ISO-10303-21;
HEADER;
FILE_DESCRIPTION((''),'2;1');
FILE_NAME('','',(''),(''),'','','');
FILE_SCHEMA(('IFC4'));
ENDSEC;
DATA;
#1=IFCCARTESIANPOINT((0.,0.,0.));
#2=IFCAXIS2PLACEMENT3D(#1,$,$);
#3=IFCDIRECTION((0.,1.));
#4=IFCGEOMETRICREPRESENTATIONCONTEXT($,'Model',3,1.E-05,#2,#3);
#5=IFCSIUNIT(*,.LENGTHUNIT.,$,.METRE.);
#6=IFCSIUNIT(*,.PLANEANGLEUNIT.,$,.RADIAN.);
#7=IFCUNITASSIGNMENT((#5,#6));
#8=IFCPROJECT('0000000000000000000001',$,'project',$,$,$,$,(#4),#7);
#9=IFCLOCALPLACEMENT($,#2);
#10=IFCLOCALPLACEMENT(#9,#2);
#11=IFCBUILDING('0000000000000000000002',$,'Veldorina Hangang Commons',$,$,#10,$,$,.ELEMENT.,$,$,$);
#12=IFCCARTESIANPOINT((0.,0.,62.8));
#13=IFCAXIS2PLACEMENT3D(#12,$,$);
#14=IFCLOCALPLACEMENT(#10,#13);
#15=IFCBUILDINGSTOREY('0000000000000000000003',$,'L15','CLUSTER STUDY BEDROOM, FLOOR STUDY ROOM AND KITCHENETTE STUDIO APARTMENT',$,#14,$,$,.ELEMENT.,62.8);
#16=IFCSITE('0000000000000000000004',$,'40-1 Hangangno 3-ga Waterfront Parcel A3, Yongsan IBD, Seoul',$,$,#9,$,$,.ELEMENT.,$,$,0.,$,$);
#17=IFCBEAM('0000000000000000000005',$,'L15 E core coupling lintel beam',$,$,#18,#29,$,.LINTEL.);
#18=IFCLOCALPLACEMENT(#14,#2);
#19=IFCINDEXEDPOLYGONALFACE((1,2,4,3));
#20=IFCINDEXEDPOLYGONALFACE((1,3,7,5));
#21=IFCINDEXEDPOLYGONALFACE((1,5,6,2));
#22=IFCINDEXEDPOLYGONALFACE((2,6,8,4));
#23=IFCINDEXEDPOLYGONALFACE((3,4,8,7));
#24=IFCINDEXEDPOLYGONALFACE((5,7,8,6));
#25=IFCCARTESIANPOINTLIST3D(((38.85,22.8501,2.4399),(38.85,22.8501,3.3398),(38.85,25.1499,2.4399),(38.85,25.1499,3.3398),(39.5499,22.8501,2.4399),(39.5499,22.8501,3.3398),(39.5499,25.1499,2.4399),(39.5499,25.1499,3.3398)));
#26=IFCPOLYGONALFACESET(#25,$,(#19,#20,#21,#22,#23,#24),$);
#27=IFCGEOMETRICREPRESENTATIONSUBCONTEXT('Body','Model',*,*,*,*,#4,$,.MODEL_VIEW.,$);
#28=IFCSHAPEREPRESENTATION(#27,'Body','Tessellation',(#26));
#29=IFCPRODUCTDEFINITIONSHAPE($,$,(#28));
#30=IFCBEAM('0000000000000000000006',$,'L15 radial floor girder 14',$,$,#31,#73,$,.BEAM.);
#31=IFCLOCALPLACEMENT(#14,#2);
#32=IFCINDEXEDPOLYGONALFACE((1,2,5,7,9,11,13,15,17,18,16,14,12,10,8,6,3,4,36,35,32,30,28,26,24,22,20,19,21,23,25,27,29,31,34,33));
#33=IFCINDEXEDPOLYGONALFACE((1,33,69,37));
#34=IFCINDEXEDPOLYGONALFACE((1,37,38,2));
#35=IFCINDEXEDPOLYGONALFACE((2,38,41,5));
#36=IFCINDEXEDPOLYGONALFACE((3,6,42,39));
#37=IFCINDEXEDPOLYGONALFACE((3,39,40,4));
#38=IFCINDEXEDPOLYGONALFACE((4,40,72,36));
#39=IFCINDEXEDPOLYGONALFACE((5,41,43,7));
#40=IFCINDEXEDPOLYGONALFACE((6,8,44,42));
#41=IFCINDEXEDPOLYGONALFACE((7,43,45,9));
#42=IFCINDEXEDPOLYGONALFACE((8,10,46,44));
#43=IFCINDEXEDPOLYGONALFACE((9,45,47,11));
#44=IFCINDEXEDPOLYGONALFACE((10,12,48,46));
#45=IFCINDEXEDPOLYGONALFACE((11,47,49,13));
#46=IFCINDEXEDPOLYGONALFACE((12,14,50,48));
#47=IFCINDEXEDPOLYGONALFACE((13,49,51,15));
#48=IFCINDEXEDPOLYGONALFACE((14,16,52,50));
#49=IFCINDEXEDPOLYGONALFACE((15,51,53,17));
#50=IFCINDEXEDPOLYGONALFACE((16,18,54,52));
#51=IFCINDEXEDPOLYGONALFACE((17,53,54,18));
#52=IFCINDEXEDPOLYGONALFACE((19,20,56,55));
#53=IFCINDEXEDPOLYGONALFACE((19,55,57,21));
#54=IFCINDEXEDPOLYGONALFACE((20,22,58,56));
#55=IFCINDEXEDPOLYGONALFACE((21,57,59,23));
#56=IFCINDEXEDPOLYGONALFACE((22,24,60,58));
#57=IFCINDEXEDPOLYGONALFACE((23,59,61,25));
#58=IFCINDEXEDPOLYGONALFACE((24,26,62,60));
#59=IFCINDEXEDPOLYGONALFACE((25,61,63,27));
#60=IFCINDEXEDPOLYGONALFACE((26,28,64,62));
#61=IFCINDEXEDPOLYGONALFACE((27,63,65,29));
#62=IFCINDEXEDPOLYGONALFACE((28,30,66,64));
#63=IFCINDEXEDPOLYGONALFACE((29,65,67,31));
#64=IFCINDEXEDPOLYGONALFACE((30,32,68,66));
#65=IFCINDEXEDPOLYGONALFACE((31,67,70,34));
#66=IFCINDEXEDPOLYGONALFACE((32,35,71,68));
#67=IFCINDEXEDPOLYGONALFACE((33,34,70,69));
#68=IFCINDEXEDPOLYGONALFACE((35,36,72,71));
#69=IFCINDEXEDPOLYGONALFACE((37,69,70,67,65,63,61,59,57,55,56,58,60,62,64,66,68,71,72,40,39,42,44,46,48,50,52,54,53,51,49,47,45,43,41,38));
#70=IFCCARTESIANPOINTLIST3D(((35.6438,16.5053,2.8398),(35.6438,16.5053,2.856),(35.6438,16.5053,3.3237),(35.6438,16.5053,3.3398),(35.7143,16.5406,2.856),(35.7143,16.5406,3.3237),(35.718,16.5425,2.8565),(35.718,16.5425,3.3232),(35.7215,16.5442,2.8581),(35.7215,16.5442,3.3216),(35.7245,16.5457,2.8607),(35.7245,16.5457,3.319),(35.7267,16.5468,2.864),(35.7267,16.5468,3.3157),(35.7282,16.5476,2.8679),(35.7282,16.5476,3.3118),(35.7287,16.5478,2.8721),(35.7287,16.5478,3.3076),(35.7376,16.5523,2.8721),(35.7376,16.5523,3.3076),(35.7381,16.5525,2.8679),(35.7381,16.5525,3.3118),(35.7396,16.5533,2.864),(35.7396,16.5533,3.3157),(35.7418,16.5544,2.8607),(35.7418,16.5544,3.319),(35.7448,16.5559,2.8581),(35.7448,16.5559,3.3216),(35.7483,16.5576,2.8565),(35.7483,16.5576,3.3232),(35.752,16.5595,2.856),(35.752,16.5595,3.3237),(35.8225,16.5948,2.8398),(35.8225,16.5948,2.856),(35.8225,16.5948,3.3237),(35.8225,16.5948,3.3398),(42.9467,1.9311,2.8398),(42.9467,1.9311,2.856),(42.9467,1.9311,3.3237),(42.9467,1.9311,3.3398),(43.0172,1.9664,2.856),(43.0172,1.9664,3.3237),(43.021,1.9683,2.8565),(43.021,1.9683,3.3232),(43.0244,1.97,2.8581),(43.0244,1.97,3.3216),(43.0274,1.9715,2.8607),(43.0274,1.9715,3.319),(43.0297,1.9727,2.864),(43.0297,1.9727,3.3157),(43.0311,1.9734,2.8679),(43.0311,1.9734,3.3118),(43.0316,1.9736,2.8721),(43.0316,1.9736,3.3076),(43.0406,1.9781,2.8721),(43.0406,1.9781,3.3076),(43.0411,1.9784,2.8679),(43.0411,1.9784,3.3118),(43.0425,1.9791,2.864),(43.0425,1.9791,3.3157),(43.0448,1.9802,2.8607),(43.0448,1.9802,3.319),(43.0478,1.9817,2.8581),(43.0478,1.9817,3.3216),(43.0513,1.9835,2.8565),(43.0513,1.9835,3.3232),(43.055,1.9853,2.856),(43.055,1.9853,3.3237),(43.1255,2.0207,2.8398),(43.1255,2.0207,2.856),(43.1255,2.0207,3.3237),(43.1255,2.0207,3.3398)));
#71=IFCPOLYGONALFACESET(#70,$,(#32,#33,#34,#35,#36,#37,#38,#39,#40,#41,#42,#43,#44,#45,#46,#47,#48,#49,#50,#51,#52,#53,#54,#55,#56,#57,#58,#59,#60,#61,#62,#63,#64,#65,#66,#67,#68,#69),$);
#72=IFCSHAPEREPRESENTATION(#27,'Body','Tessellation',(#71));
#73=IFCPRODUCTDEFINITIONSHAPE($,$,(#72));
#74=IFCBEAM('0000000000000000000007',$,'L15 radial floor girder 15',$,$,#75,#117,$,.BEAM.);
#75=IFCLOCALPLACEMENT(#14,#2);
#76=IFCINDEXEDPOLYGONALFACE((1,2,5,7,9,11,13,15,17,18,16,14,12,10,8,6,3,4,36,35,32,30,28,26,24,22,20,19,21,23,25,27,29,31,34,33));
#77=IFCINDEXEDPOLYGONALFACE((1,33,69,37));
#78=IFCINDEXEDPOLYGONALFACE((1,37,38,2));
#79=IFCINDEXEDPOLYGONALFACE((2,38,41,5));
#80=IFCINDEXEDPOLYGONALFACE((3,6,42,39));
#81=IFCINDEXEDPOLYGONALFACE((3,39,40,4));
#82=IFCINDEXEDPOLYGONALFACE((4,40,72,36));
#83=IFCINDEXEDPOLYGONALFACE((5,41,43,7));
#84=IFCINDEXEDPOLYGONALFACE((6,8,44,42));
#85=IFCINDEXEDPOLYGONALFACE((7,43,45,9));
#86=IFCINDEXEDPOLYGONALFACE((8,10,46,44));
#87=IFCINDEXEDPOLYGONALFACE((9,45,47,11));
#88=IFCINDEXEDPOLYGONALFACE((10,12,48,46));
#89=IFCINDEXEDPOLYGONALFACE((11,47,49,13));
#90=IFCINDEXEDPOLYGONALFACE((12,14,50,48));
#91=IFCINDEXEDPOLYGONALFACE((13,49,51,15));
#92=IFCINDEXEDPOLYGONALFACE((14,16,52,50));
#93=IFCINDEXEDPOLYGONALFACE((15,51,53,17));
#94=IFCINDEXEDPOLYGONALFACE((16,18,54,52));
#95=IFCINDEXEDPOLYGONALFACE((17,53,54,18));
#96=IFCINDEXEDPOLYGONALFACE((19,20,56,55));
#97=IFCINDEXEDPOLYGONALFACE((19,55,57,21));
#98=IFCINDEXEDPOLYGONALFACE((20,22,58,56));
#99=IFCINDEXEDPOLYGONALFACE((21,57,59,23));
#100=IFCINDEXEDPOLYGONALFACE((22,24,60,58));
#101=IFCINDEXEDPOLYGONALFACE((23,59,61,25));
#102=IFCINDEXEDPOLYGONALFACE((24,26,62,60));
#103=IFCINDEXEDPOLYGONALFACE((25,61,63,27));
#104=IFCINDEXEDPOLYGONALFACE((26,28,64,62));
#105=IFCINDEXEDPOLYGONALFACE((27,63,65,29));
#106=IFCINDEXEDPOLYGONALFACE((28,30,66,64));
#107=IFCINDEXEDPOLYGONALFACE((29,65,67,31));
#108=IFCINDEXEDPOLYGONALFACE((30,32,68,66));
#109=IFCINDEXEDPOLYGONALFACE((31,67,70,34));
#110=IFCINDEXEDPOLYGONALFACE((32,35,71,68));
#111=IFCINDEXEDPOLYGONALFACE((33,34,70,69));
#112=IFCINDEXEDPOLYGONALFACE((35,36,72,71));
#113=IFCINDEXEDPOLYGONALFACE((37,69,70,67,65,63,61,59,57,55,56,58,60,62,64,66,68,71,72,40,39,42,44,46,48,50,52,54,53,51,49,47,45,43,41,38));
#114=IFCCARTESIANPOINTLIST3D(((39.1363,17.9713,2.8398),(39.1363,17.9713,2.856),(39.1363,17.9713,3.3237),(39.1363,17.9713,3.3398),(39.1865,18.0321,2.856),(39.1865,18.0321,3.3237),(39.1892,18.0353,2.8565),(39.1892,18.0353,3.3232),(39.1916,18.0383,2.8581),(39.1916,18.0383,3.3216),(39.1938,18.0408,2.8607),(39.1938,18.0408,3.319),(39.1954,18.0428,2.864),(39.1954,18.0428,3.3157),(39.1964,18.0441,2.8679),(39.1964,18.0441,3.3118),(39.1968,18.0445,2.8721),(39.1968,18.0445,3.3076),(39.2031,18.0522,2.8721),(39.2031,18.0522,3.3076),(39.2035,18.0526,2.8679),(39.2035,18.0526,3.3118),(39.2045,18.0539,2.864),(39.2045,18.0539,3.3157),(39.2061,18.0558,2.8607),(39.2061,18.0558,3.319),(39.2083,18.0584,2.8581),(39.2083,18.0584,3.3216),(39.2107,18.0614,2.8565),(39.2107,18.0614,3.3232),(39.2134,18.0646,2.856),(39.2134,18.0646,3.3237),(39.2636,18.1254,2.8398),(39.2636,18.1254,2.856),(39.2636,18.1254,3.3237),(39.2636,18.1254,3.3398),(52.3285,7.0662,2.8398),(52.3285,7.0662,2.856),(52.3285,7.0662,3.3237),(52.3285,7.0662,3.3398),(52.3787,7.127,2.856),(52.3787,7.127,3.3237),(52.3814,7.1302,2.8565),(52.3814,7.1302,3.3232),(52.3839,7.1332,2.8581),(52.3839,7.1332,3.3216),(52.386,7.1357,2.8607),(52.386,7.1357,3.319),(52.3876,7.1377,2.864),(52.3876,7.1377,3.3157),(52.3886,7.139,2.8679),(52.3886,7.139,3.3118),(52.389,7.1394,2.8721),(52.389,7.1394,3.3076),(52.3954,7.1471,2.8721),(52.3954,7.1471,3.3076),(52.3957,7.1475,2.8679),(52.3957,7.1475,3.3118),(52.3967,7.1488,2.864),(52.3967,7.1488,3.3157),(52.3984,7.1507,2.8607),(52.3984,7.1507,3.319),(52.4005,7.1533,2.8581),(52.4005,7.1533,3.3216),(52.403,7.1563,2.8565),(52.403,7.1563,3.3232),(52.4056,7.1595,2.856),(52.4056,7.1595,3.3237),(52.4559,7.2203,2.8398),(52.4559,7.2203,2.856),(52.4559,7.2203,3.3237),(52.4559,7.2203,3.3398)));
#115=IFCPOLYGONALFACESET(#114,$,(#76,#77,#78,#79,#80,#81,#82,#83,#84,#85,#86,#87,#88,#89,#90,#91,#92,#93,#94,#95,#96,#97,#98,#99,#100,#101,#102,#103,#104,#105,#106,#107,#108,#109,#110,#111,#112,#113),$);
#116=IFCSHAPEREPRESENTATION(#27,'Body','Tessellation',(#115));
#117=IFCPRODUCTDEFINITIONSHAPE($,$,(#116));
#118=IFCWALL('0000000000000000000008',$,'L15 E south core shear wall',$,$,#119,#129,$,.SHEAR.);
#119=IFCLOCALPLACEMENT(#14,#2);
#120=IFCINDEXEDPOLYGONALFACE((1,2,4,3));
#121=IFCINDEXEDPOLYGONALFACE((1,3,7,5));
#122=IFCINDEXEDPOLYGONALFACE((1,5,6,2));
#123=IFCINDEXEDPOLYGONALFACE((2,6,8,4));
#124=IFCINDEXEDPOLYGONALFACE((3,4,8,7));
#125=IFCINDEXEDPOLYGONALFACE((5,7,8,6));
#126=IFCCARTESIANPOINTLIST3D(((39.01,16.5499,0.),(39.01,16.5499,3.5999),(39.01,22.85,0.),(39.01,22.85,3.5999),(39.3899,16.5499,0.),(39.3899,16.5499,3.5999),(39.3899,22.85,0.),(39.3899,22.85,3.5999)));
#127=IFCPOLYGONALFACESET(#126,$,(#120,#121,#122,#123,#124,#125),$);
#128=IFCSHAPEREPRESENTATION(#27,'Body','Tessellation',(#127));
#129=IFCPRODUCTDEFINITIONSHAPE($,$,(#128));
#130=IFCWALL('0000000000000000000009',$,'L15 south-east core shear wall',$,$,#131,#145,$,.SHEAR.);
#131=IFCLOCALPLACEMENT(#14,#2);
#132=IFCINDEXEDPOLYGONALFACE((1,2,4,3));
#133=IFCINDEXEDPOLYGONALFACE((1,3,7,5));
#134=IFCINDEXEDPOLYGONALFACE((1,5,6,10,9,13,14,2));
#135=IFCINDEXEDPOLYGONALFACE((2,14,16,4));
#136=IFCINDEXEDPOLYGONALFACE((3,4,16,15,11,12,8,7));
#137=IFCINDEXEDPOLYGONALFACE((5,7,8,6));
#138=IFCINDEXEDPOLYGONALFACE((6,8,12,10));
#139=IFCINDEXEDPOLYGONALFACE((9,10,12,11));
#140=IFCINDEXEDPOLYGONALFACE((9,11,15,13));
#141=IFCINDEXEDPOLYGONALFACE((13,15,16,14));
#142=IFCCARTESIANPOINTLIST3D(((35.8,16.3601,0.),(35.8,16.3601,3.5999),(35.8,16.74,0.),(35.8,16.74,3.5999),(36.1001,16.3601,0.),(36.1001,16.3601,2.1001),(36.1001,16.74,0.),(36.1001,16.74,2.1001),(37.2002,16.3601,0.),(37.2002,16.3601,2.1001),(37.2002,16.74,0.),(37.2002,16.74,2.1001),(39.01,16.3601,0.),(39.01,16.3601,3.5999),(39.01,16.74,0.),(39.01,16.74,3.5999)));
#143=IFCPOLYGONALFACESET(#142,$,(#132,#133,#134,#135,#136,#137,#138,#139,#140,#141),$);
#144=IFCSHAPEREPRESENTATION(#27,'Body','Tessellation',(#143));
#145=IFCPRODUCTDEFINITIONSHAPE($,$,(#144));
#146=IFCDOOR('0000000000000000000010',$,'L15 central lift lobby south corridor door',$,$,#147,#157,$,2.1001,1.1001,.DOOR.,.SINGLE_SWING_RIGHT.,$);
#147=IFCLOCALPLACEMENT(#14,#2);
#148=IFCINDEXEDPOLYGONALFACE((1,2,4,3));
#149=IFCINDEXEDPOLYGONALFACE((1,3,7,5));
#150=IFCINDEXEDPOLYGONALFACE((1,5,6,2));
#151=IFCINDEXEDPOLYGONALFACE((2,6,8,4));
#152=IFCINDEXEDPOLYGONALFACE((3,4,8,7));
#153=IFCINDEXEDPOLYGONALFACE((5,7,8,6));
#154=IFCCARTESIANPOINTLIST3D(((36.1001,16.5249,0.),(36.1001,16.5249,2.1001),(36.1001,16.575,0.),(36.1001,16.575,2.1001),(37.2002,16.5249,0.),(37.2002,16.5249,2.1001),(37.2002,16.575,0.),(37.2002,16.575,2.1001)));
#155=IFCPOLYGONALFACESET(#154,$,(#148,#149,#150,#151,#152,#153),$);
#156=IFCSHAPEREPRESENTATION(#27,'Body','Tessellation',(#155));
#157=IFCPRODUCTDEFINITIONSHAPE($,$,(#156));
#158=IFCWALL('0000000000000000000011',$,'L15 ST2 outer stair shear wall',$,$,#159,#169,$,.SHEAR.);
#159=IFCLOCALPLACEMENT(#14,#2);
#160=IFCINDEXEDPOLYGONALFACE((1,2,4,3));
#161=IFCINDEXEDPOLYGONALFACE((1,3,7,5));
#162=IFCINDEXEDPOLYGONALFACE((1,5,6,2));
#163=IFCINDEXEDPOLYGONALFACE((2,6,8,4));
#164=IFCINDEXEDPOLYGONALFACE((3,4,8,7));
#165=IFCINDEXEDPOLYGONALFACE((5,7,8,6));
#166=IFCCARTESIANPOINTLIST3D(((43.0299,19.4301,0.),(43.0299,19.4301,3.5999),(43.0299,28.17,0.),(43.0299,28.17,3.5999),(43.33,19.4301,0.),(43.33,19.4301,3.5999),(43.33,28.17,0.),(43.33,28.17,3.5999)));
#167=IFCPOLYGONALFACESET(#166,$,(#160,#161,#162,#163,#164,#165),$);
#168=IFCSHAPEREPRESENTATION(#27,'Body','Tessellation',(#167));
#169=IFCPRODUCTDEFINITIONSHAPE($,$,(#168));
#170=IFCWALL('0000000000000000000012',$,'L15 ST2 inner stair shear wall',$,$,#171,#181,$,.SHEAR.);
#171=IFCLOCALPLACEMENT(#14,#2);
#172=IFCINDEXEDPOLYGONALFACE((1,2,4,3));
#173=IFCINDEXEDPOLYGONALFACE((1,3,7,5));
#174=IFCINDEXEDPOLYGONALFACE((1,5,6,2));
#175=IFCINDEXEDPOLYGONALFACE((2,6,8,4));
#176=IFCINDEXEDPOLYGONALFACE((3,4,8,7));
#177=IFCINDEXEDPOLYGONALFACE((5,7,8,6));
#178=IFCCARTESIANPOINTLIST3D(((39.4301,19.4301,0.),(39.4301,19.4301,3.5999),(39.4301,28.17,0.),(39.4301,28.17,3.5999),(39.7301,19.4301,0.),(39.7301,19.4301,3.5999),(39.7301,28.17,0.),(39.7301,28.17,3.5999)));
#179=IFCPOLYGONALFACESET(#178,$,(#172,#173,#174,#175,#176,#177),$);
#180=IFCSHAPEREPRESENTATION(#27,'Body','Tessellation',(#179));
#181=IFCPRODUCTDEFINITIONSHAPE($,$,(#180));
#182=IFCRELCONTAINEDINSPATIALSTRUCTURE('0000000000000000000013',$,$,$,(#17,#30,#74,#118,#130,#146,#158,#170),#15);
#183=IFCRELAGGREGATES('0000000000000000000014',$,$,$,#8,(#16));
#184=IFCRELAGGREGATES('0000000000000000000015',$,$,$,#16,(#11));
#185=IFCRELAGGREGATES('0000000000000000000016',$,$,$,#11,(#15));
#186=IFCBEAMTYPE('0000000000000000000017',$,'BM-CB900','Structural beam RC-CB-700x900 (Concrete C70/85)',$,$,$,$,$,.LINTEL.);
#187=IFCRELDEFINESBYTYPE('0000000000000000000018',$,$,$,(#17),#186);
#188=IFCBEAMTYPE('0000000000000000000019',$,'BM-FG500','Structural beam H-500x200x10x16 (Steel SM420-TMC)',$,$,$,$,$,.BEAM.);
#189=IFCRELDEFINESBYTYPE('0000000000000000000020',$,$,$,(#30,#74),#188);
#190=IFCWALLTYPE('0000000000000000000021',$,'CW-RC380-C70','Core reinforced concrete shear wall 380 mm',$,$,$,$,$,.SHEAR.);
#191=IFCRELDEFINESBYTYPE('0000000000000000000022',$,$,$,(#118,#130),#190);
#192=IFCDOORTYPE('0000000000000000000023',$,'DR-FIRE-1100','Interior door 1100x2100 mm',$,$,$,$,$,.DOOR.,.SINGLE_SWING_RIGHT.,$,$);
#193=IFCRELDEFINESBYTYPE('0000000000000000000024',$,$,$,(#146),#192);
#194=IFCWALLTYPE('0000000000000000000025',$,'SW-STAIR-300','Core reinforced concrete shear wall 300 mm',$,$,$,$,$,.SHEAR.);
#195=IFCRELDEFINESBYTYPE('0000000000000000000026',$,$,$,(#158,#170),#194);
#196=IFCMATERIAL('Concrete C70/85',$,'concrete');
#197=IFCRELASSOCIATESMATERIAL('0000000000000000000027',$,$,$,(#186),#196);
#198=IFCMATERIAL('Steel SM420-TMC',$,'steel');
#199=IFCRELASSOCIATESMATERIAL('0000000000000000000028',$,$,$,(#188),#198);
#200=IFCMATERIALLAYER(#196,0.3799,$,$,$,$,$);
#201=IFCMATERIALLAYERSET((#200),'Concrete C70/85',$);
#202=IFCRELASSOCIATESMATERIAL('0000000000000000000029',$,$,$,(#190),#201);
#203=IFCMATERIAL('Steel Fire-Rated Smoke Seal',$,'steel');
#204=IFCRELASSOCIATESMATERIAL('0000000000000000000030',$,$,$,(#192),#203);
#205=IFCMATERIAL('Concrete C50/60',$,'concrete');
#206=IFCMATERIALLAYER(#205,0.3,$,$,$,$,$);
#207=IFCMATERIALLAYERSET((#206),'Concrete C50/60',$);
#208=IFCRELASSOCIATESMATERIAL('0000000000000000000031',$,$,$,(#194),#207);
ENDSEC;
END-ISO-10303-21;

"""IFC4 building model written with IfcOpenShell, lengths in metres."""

from ifc_helpers import new_model, si_unit, direction, frame, frame_2d, origin, origin_2d, place, context, subcontext, project, spatial, rectangle, i_section, extrude, material, layer, layer_set, material_profile, profile_set, type_object, element, fill, save


model = new_model("IFC4")

# Units and contexts
model_context = context("Model", 3, precision=1e-05, world=origin(), true_north=direction((0.0, 1.0)))
body_context = subcontext(model_context, "Body", "Model", "MODEL_VIEW")
ifc_project = project(units=[si_unit("LENGTHUNIT", "METRE"), si_unit("PLANEANGLEUNIT", "RADIAN")], contexts=[model_context])

# Site, building, storey
site_placement = place(None, origin())
site = spatial("IfcSite", under=ifc_project, at=site_placement, Name="40-1 Hangangno 3-ga Waterfront Parcel A3, Yongsan IBD, Seoul", CompositionType="ELEMENT", RefElevation=0.0)
building_placement = place(site_placement, origin())
building = spatial("IfcBuilding", under=site, at=building_placement, Name="Veldorina Hangang Commons", CompositionType="ELEMENT")
storey_placement = place(building_placement, frame((0.0, 0.0, 62.8)))
storey = spatial("IfcBuildingStorey", under=building, at=storey_placement, Name="L15", Description="CLUSTER STUDY BEDROOM, FLOOR STUDY ROOM AND KITCHENETTE STUDIO APARTMENT", CompositionType="ELEMENT", Elevation=62.8)

# Beams
ifc_material_1 = material(Name="Concrete C70/85", Category="concrete")
ifc_material_profile_1 = material_profile(ifc_material_1, rectangle(XDim=0.7, YDim=0.8999, at=origin_2d()), Name="RC-CB-700x900")
ifc_profile_set_1 = profile_set([ifc_material_profile_1], Name="Concrete C70/85")
beam_type_1 = type_object("IfcBeamType", Name="BM-CB900", Description="Structural beam RC-CB-700x900 (Concrete C70/85)", PredefinedType="LINTEL", material=ifc_profile_set_1)
beam_1_placement = place(storey_placement, frame((39.2, 22.8501, 2.8899), z_axis=(0.0, 1.0, 0.0), x_axis=(-1.0, 0.0, 0.0)))
element("IfcBeam", 1, at=beam_1_placement, inside=storey, type_object=beam_type_1, Name="L15 E core coupling lintel beam", PredefinedType="LINTEL", context=body_context, shape_type="SweptSolid", body=[
    extrude(rectangle(XDim=0.7, YDim=0.8999, at=origin_2d()), origin(), (0.0, 0.0, 1.0), 2.2998),
])
ifc_material_2 = material(Name="Steel SM420-TMC", Category="steel")
ifc_material_profile_2 = material_profile(ifc_material_2, i_section(OverallWidth=0.2, OverallDepth=0.5, WebThickness=0.01, FlangeThickness=0.0161, FilletRadius=0.0161, at=origin_2d()), Name="H-500x200x10x16")
ifc_profile_set_2 = profile_set([ifc_material_profile_2], Name="Steel SM420-TMC")
beam_type_2 = type_object("IfcBeamType", Name="BM-FG500", Description="Structural beam H-500x200x10x16 (Steel SM420-TMC)", PredefinedType="BEAM", material=ifc_profile_set_2)
beam_2_placement = place(storey_placement, frame((35.7332, 16.55, 3.0898), z_axis=(0.447992, -0.894037, 0.0), x_axis=(0.894037, 0.447992, 0.0)))
element("IfcBeam", 2, at=beam_2_placement, inside=storey, type_object=beam_type_2, Name="L15 radial floor girder 14", PredefinedType="BEAM", context=body_context, shape_type="SweptSolid", body=[
    extrude(i_section(OverallWidth=0.2, OverallDepth=0.5, WebThickness=0.01, FlangeThickness=0.0161, FilletRadius=0.0161, at=origin_2d()), origin(), (0.0, 0.0, 1.0), 16.3015),
])
beam_3_placement = place(storey_placement, frame((39.2, 18.0483, 3.0898), z_axis=(0.770756, -0.637131, 0.0), x_axis=(0.637131, 0.770756, 0.0)))
element("IfcBeam", 3, at=beam_3_placement, inside=storey, type_object=beam_type_2, Name="L15 radial floor girder 15", PredefinedType="BEAM", context=body_context, shape_type="SweptSolid", body=[
    extrude(i_section(OverallWidth=0.2, OverallDepth=0.5, WebThickness=0.01, FlangeThickness=0.0161, FilletRadius=0.0161, at=origin_2d()), origin(), (0.0, 0.0, 1.0), 17.116),
])

# Wall
ifc_layer_1 = layer(ifc_material_1, 0.3799)
ifc_layer_set_1 = layer_set([ifc_layer_1], Name="Concrete C70/85")
wall_type_1 = type_object("IfcWallType", Name="CW-RC380-C70", Description="Core reinforced concrete shear wall 380 mm", PredefinedType="SHEAR", material=ifc_layer_set_1)
wall_1_placement = place(storey_placement, frame((39.2, 16.55, 0.0), z_axis=(0.0, 0.0, 1.0), x_axis=(0.0, 1.0, 0.0)))
element("IfcWall", 4, at=wall_1_placement, inside=storey, type_object=wall_type_1, Name="L15 E south core shear wall", PredefinedType="SHEAR", context=body_context, shape_type="SweptSolid", body=[
    extrude(rectangle(XDim=6.3, YDim=0.3799, at=frame_2d((3.1499, 0.0))), origin(), (0.0, 0.0, 1.0), 3.5999),
])

# Wall, opening, door
wall_2_placement = place(storey_placement, frame((35.8, 16.55, 0.0), z_axis=(0.0, 0.0, 1.0), x_axis=(1.0, 0.0, 0.0)))
wall_2 = element("IfcWall", 5, at=wall_2_placement, inside=storey, type_object=wall_type_1, Name="L15 south-east core shear wall", PredefinedType="SHEAR", context=body_context, shape_type="SweptSolid", body=[
    extrude(rectangle(XDim=3.21, YDim=0.3799, at=frame_2d((1.605, 0.0))), origin(), (0.0, 0.0, 1.0), 3.5999),
])
opening_1_placement = place(wall_2_placement, frame((0.3, 0.0, 0.0)))
opening_1 = element("IfcOpeningElement", 6, at=opening_1_placement, cuts=wall_2, PredefinedType="OPENING", context=body_context, shape_type="SweptSolid", body=[
    extrude(rectangle(XDim=1.1001, YDim=2.1001, at=frame_2d((0.55, 1.05))), frame((0.0, 0.2, 0.0), z_axis=(0.0, -1.0, 0.0), x_axis=(1.0, 0.0, 0.0)), (0.0, 0.0, 1.0), 0.3999),
])
ifc_material_3 = material(Name="Steel Fire-Rated Smoke Seal", Category="steel")
door_type_1 = type_object("IfcDoorType", Name="DR-FIRE-1100", Description="Interior door 1100x2100 mm", OperationType="SINGLE_SWING_RIGHT", PredefinedType="DOOR", material=ifc_material_3)
door_1_placement = place(opening_1_placement, origin())
door_1 = element("IfcDoor", 7, at=door_1_placement, inside=storey, type_object=door_type_1, Name="L15 central lift lobby south corridor door", OperationType="SINGLE_SWING_RIGHT", OverallHeight=2.1001, OverallWidth=1.1001, PredefinedType="DOOR", context=body_context, shape_type="SweptSolid", body=[
    extrude(rectangle(XDim=1.1001, YDim=2.1001, at=frame_2d((0.55, 1.05))), frame((0.0, 0.0249, 0.0), z_axis=(0.0, -1.0, 0.0), x_axis=(1.0, 0.0, 0.0)), (0.0, 0.0, 1.0), 0.05),
])
fill(opening_1, door_1)

# Walls
ifc_material_4 = material(Name="Concrete C50/60", Category="concrete")
ifc_layer_2 = layer(ifc_material_4, 0.3)
ifc_layer_set_2 = layer_set([ifc_layer_2], Name="Concrete C50/60")
wall_type_2 = type_object("IfcWallType", Name="SW-STAIR-300", Description="Core reinforced concrete shear wall 300 mm", PredefinedType="SHEAR", material=ifc_layer_set_2)
for number, where, z_axis, x_axis, name in (
    (8, (43.1799, 19.4299, 0.0), (0.0, 0.0, 1.0), (0.0, 1.0, 0.0), "L15 ST2 outer stair shear wall"),
    (9, (39.5801, 19.4299, 0.0), (0.0, 0.0, 1.0), (0.0, 1.0, 0.0), "L15 ST2 inner stair shear wall"),
):
    element("IfcWall", number, at=place(storey_placement, frame(where, z_axis=z_axis, x_axis=x_axis)), inside=storey, type_object=wall_type_2, Name=name, PredefinedType="SHEAR", context=body_context, shape_type="SweptSolid", body=[
        extrude(rectangle(XDim=8.74, YDim=0.3, at=frame_2d((4.3701, 0.0))), origin(), (0.0, 0.0, 1.0), 3.5999),
    ])

save(model, "model.ifc")
